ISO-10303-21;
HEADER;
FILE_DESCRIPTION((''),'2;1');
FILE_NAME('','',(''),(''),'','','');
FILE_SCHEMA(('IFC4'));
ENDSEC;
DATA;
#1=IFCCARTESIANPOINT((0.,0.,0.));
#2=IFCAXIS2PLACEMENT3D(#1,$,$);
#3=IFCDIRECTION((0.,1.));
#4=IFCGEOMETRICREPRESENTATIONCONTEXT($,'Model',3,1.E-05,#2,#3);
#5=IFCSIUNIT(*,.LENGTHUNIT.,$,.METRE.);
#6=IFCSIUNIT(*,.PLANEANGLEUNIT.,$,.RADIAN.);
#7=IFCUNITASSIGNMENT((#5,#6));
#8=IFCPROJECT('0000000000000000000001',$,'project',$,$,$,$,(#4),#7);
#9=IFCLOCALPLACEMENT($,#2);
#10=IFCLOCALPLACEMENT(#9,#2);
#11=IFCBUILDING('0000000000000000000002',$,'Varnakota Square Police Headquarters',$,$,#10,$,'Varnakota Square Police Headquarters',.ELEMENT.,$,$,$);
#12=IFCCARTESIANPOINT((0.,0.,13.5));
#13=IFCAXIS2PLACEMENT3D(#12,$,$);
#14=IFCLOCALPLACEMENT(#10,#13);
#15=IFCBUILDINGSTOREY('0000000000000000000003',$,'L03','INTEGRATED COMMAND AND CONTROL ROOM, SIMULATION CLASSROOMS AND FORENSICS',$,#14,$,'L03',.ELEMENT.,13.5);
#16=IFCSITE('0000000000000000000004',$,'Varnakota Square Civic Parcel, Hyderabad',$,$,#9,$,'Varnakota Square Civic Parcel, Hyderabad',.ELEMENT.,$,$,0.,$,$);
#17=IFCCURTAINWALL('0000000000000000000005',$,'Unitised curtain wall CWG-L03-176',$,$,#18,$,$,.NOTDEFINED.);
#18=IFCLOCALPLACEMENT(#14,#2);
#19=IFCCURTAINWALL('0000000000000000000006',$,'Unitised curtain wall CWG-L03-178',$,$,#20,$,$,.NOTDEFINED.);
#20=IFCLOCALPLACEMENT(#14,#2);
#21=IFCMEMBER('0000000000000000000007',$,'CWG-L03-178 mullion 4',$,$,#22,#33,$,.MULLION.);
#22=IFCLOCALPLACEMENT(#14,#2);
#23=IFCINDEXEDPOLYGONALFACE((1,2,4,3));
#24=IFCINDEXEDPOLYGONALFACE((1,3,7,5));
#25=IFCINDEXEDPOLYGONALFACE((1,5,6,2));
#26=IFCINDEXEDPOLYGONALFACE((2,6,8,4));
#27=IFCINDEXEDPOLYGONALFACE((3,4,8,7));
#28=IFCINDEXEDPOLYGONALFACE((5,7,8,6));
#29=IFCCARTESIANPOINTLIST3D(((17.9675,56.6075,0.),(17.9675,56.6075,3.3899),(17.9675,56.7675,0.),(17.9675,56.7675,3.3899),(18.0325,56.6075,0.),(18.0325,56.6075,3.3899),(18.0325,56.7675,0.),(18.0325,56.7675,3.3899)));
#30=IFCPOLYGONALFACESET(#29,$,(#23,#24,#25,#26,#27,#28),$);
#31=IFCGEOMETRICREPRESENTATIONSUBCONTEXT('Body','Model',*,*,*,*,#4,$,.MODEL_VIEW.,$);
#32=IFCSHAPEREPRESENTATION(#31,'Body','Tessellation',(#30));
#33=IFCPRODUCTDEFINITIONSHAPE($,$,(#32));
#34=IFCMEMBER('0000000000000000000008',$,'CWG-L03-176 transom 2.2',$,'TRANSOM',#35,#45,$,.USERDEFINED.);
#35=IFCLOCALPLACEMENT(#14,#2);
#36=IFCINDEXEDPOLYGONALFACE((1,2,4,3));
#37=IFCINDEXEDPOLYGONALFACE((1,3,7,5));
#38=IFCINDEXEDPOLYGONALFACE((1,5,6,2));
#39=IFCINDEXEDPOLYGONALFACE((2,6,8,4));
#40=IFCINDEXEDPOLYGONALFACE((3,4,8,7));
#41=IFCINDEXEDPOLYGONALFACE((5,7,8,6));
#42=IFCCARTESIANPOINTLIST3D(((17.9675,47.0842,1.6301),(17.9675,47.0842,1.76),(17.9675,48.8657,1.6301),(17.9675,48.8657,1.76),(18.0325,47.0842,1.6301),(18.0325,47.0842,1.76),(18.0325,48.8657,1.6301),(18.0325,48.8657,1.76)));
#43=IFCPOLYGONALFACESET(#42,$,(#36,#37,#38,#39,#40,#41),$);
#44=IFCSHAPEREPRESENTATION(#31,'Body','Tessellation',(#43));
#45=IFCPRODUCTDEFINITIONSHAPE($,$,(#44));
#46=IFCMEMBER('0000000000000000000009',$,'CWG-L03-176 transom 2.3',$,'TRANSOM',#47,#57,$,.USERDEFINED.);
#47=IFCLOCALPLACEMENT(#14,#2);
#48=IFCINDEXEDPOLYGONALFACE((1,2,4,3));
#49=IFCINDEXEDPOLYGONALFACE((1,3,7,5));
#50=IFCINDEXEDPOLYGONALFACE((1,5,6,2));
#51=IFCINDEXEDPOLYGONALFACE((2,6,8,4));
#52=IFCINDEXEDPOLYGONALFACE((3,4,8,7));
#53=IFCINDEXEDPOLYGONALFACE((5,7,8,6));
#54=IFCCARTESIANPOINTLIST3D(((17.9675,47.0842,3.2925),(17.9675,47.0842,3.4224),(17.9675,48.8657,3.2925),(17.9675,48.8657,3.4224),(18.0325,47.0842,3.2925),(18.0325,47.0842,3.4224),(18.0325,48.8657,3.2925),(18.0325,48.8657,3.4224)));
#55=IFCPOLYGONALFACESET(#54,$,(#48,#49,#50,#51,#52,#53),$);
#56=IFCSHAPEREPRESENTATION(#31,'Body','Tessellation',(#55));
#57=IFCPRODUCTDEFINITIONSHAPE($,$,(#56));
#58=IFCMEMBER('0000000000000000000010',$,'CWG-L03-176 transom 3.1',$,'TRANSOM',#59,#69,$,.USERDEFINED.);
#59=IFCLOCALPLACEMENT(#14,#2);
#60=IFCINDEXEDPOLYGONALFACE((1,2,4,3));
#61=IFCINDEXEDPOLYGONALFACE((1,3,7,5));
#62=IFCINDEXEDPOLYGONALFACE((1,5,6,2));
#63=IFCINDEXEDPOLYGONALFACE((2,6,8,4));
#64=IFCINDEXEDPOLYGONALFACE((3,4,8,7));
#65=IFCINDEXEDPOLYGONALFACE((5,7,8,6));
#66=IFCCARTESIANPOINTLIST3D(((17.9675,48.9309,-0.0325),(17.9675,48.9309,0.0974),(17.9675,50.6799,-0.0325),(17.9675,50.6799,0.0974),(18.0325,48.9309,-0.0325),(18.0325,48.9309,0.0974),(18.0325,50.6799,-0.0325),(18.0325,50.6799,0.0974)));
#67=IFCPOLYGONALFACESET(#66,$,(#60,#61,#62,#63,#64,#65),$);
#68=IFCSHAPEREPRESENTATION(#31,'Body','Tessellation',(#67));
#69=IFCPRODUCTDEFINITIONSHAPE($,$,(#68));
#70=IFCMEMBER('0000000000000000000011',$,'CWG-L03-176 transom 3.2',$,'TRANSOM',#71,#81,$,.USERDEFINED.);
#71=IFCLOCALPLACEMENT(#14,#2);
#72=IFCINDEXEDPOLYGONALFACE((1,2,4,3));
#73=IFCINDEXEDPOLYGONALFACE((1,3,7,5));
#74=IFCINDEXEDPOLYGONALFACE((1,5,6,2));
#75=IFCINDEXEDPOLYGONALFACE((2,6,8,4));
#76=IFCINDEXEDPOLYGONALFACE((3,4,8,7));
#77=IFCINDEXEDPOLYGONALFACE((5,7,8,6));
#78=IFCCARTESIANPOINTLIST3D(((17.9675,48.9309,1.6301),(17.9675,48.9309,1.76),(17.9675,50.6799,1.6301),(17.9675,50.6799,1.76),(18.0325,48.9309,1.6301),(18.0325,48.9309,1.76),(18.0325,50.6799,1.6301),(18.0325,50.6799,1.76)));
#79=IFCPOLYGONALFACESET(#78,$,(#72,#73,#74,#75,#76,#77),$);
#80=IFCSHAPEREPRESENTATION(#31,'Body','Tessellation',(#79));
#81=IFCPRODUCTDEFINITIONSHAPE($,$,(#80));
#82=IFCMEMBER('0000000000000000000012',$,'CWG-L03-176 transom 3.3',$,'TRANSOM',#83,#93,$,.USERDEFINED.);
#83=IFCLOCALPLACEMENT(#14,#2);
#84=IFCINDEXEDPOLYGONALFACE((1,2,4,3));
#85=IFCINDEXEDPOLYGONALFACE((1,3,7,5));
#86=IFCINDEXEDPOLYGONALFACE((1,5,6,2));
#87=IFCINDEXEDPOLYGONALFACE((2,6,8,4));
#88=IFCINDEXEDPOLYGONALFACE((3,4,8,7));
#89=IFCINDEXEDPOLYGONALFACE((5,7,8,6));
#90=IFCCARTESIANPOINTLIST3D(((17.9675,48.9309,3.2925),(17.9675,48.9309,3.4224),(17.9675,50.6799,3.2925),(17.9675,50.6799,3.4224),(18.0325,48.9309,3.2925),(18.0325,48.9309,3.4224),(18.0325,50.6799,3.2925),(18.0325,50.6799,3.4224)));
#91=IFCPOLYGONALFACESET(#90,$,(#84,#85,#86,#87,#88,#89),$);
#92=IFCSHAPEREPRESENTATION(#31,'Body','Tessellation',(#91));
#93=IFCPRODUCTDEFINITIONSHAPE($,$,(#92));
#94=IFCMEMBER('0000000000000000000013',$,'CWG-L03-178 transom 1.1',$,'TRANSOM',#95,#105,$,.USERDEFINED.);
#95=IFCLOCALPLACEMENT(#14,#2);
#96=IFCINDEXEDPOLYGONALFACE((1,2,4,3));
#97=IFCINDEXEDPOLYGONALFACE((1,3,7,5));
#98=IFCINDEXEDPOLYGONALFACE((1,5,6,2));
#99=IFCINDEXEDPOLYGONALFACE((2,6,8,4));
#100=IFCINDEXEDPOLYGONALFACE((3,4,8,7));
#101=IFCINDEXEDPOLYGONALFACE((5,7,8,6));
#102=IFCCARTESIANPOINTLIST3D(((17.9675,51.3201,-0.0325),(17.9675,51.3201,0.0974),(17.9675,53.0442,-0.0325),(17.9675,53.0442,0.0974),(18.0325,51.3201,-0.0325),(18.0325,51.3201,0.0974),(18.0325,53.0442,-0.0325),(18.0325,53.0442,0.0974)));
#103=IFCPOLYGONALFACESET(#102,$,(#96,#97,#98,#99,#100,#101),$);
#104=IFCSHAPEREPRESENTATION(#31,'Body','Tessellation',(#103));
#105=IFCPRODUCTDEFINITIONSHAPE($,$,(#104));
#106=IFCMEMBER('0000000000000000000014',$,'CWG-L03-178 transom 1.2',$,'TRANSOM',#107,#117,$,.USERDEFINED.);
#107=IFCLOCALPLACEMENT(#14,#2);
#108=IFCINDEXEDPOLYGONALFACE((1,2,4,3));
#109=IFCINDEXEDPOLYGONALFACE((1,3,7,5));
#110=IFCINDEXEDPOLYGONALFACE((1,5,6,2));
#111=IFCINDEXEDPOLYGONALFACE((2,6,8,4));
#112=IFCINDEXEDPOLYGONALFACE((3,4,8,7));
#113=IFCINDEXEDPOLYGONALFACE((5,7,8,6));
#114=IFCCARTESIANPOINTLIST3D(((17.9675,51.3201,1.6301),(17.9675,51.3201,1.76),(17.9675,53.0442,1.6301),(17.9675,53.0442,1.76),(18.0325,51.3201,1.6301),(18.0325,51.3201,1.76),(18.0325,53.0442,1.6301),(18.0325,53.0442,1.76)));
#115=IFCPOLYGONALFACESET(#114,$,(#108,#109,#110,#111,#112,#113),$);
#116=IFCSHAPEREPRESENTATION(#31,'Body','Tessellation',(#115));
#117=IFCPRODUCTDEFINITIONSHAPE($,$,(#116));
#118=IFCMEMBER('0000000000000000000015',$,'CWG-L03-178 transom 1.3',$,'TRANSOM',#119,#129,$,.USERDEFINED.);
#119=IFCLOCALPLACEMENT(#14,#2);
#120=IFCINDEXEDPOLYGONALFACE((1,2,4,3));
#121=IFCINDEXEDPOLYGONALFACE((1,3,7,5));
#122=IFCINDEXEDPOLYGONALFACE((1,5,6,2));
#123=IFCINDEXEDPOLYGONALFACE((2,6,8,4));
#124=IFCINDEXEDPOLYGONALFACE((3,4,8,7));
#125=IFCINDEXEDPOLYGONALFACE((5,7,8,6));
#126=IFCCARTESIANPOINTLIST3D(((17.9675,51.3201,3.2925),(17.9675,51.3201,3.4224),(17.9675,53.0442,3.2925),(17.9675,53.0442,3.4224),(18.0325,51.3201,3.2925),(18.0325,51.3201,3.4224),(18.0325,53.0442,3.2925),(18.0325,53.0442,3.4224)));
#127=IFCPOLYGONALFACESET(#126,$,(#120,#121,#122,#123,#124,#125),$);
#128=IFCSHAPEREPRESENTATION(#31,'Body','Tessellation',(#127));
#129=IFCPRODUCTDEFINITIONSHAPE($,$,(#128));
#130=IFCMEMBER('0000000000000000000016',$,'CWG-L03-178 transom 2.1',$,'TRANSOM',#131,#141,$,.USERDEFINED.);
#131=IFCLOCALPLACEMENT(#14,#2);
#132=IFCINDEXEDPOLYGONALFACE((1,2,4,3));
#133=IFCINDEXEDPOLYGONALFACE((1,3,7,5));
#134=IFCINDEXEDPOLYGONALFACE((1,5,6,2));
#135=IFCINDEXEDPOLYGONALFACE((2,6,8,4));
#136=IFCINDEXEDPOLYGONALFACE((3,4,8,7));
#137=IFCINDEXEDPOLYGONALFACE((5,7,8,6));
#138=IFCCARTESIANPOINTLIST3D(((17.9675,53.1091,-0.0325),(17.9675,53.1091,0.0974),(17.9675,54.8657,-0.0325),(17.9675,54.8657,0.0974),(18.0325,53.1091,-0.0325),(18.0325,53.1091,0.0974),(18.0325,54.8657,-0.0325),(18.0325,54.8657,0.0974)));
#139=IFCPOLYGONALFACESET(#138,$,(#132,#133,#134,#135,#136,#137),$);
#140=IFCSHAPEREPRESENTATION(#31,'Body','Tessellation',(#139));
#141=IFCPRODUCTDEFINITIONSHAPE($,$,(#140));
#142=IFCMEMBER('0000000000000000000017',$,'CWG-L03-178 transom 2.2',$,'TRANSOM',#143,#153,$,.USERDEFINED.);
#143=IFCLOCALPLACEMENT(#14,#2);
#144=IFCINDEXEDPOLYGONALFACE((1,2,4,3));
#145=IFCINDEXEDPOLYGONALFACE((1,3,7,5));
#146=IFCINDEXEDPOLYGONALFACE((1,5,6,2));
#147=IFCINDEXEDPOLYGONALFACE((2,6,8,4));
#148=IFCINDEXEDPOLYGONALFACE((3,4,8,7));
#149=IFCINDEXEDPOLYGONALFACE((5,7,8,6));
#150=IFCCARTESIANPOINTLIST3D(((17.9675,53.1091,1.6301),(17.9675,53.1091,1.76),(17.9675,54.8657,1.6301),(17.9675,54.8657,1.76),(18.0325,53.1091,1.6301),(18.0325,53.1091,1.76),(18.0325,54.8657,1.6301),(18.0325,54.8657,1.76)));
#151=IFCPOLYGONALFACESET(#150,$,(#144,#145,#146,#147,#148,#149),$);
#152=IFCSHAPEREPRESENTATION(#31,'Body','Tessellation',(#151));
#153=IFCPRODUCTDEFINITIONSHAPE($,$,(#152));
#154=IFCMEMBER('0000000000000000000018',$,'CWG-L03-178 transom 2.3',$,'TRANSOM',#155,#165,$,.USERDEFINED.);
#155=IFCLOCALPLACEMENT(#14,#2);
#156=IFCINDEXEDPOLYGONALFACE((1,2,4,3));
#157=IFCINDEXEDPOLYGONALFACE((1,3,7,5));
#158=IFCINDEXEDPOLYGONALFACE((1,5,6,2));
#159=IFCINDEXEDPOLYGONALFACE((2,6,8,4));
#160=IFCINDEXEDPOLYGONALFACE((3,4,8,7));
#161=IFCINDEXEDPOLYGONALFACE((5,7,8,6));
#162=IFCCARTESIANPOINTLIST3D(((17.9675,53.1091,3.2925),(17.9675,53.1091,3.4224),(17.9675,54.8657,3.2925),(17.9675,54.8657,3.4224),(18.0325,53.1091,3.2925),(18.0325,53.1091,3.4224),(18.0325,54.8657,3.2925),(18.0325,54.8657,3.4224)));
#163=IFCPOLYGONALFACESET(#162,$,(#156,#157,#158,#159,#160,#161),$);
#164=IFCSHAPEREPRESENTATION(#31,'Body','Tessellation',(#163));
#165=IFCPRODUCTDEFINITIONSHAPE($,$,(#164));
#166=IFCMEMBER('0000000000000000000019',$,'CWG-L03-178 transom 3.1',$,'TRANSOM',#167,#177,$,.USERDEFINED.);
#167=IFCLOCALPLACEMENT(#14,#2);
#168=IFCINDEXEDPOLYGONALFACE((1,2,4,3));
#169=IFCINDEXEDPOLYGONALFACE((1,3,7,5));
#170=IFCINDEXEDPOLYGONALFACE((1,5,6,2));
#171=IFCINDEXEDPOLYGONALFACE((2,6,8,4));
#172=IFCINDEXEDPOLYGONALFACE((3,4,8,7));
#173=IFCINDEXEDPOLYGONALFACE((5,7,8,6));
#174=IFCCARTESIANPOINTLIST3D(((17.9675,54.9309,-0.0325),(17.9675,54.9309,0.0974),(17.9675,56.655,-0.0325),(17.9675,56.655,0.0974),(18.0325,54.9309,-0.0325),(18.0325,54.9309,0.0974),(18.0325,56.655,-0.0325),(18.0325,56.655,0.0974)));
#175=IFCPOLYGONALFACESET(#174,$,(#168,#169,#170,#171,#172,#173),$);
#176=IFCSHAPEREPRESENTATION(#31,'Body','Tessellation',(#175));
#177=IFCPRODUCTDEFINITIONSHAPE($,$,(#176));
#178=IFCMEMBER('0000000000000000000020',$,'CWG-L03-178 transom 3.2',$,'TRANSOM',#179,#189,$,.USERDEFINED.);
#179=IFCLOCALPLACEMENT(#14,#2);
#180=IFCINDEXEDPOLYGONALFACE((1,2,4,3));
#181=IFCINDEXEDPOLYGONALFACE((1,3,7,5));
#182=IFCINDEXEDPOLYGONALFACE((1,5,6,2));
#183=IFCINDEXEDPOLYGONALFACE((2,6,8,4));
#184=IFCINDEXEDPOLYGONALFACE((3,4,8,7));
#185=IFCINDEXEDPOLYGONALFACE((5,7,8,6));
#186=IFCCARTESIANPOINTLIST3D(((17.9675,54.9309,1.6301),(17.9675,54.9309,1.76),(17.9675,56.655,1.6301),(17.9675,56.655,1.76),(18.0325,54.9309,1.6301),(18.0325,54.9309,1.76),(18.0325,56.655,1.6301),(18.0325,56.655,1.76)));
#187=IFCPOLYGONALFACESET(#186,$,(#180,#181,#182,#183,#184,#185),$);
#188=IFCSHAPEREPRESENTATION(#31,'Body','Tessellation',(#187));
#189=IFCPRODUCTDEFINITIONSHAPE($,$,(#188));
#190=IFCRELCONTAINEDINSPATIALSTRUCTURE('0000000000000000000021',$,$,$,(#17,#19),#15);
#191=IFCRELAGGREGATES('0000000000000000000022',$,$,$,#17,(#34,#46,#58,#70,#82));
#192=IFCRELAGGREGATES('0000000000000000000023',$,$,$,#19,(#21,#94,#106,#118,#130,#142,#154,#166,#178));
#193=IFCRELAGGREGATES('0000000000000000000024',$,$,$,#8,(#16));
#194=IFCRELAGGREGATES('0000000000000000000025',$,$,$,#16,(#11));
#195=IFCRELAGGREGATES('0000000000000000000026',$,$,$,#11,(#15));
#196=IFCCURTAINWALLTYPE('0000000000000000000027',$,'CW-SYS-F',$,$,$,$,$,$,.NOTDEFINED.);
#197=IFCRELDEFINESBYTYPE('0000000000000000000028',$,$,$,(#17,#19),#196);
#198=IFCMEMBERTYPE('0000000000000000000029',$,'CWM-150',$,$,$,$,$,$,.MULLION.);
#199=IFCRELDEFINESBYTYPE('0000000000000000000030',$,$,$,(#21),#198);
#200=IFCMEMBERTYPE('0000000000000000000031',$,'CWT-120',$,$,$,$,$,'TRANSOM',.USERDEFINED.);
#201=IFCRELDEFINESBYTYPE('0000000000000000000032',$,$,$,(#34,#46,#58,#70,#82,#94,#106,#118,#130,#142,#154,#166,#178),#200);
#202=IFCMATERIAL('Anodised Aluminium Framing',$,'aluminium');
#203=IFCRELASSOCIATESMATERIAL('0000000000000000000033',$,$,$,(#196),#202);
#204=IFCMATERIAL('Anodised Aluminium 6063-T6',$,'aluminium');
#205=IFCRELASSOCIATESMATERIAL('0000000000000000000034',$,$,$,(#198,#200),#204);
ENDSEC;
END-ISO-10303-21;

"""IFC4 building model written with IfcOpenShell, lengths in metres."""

from ifc_helpers import new_model, si_unit, direction, frame, origin, origin_2d, place, context, subcontext, project, spatial, rectangle, extrude, material, material_profile, profile_set, type_object, element, aggregate, save


model = new_model("IFC4")

# Units and contexts
model_context = context("Model", 3, precision=1e-05, world=origin(), true_north=direction((0.0, 1.0)))
body_context = subcontext(model_context, "Body", "Model", "MODEL_VIEW")
ifc_project = project(units=[si_unit("LENGTHUNIT", "METRE"), si_unit("PLANEANGLEUNIT", "RADIAN")], contexts=[model_context])

# Site, building, storey
site_placement = place(None, origin())
site = spatial("IfcSite", under=ifc_project, at=site_placement, Name="Varnakota Square Civic Parcel, Hyderabad", LongName="Varnakota Square Civic Parcel, Hyderabad", CompositionType="ELEMENT", RefElevation=0.0)
building_placement = place(site_placement, origin())
building = spatial("IfcBuilding", under=site, at=building_placement, Name="Varnakota Square Police Headquarters", LongName="Varnakota Square Police Headquarters", CompositionType="ELEMENT")
storey_placement = place(building_placement, frame((0.0, 0.0, 13.5)))
storey = spatial("IfcBuildingStorey", under=building, at=storey_placement, Name="L03", Description="INTEGRATED COMMAND AND CONTROL ROOM, SIMULATION CLASSROOMS AND FORENSICS", LongName="L03", CompositionType="ELEMENT", Elevation=13.5)

# Curtain walls, member
ifc_material_1 = material(Name="Anodised Aluminium Framing", Category="aluminium")
curtain_wall_type = type_object("IfcCurtainWallType", Name="CW-SYS-F", PredefinedType="NOTDEFINED", material=ifc_material_1)
curtain_wall_1_placement = place(storey_placement, origin())
curtain_wall_1 = element("IfcCurtainWall", 1, at=curtain_wall_1_placement, inside=storey, type_object=curtain_wall_type, Name="Unitised curtain wall CWG-L03-176", PredefinedType="NOTDEFINED")
ifc_material_2 = material(Name="Anodised Aluminium 6063-T6", Category="aluminium")
ifc_material_profile_1 = material_profile(ifc_material_2, rectangle(XDim=0.0649, YDim=0.1599, at=origin_2d()), Name="ALU MULLION 65x160")
ifc_profile_set_1 = profile_set([ifc_material_profile_1], Name="Anodised Aluminium 6063-T6")
member_type_1 = type_object("IfcMemberType", Name="CWM-150", PredefinedType="MULLION", material=ifc_profile_set_1)
curtain_wall_2_placement = place(storey_placement, origin())
curtain_wall_2 = element("IfcCurtainWall", 2, at=curtain_wall_2_placement, inside=storey, type_object=curtain_wall_type, Name="Unitised curtain wall CWG-L03-178", PredefinedType="NOTDEFINED")
member_1_placement = place(storey_placement, frame((18.0, 56.6875, 0.0), z_axis=(0.0, 0.0, 1.0), x_axis=(-1.0, 0.0, 0.0)))
member_1 = element("IfcMember", 3, at=member_1_placement, type_object=member_type_1, Name="CWG-L03-178 mullion 4", PredefinedType="MULLION", context=body_context, shape_type="SweptSolid", body=[
    extrude(rectangle(XDim=0.0649, YDim=0.1599, at=origin_2d()), origin(), (0.0, 0.0, 1.0), 3.3899),
])

# Members
ifc_material_profile_2 = material_profile(ifc_material_2, rectangle(XDim=0.0649, YDim=0.1299, at=origin_2d()), Name="ALU TRANSOM 65x130")
ifc_profile_set_2 = profile_set([ifc_material_profile_2], Name="Anodised Aluminium 6063-T6")
member_type_2 = type_object("IfcMemberType", Name="CWT-120", ElementType="TRANSOM", PredefinedType="USERDEFINED", material=ifc_profile_set_2)
member_2_placement = place(storey_placement, frame((18.0, 47.0842, 1.6951), z_axis=(0.0, 1.0, 0.0), x_axis=(-1.0, 0.0, 0.0)))
member_2 = element("IfcMember", 4, at=member_2_placement, type_object=member_type_2, Name="CWG-L03-176 transom 2.2", ObjectType="TRANSOM", PredefinedType="USERDEFINED", context=body_context, shape_type="SweptSolid", body=[
    extrude(rectangle(XDim=0.0649, YDim=0.1299, at=origin_2d()), origin(), (0.0, 0.0, 1.0), 1.7815),
])
member_3_placement = place(storey_placement, frame((18.0, 47.0842, 3.3574), z_axis=(0.0, 1.0, 0.0), x_axis=(-1.0, 0.0, 0.0)))
member_3 = element("IfcMember", 5, at=member_3_placement, type_object=member_type_2, Name="CWG-L03-176 transom 2.3", ObjectType="TRANSOM", PredefinedType="USERDEFINED", context=body_context, shape_type="SweptSolid", body=[
    extrude(rectangle(XDim=0.0649, YDim=0.1299, at=origin_2d()), origin(), (0.0, 0.0, 1.0), 1.7815),
])
member_4_placement = place(storey_placement, frame((18.0, 48.9309, 0.0325), z_axis=(0.0, 1.0, 0.0), x_axis=(-1.0, 0.0, 0.0)))
member_4 = element("IfcMember", 6, at=member_4_placement, type_object=member_type_2, Name="CWG-L03-176 transom 3.1", ObjectType="TRANSOM", PredefinedType="USERDEFINED", context=body_context, shape_type="SweptSolid", body=[
    extrude(rectangle(XDim=0.0649, YDim=0.1299, at=origin_2d()), origin(), (0.0, 0.0, 1.0), 1.749),
])
member_5_placement = place(storey_placement, frame((18.0, 48.9309, 1.6951), z_axis=(0.0, 1.0, 0.0), x_axis=(-1.0, 0.0, 0.0)))
member_5 = element("IfcMember", 7, at=member_5_placement, type_object=member_type_2, Name="CWG-L03-176 transom 3.2", ObjectType="TRANSOM", PredefinedType="USERDEFINED", context=body_context, shape_type="SweptSolid", body=[
    extrude(rectangle(XDim=0.0649, YDim=0.1299, at=origin_2d()), origin(), (0.0, 0.0, 1.0), 1.749),
])
member_6_placement = place(storey_placement, frame((18.0, 48.9309, 3.3574), z_axis=(0.0, 1.0, 0.0), x_axis=(-1.0, 0.0, 0.0)))
member_6 = element("IfcMember", 8, at=member_6_placement, type_object=member_type_2, Name="CWG-L03-176 transom 3.3", ObjectType="TRANSOM", PredefinedType="USERDEFINED", context=body_context, shape_type="SweptSolid", body=[
    extrude(rectangle(XDim=0.0649, YDim=0.1299, at=origin_2d()), origin(), (0.0, 0.0, 1.0), 1.749),
])
member_7_placement = place(storey_placement, frame((18.0, 51.3201, 0.0325), z_axis=(0.0, 1.0, 0.0), x_axis=(-1.0, 0.0, 0.0)))
member_7 = element("IfcMember", 9, at=member_7_placement, type_object=member_type_2, Name="CWG-L03-178 transom 1.1", ObjectType="TRANSOM", PredefinedType="USERDEFINED", context=body_context, shape_type="SweptSolid", body=[
    extrude(rectangle(XDim=0.0649, YDim=0.1299, at=origin_2d()), origin(), (0.0, 0.0, 1.0), 1.7241),
])
member_8_placement = place(storey_placement, frame((18.0, 51.3201, 1.6951), z_axis=(0.0, 1.0, 0.0), x_axis=(-1.0, 0.0, 0.0)))
member_8 = element("IfcMember", 10, at=member_8_placement, type_object=member_type_2, Name="CWG-L03-178 transom 1.2", ObjectType="TRANSOM", PredefinedType="USERDEFINED", context=body_context, shape_type="SweptSolid", body=[
    extrude(rectangle(XDim=0.0649, YDim=0.1299, at=origin_2d()), origin(), (0.0, 0.0, 1.0), 1.7241),
])
member_9_placement = place(storey_placement, frame((18.0, 51.3201, 3.3574), z_axis=(0.0, 1.0, 0.0), x_axis=(-1.0, 0.0, 0.0)))
member_9 = element("IfcMember", 11, at=member_9_placement, type_object=member_type_2, Name="CWG-L03-178 transom 1.3", ObjectType="TRANSOM", PredefinedType="USERDEFINED", context=body_context, shape_type="SweptSolid", body=[
    extrude(rectangle(XDim=0.0649, YDim=0.1299, at=origin_2d()), origin(), (0.0, 0.0, 1.0), 1.7241),
])
member_10_placement = place(storey_placement, frame((18.0, 53.1091, 0.0325), z_axis=(0.0, 1.0, 0.0), x_axis=(-1.0, 0.0, 0.0)))
member_10 = element("IfcMember", 12, at=member_10_placement, type_object=member_type_2, Name="CWG-L03-178 transom 2.1", ObjectType="TRANSOM", PredefinedType="USERDEFINED", context=body_context, shape_type="SweptSolid", body=[
    extrude(rectangle(XDim=0.0649, YDim=0.1299, at=origin_2d()), origin(), (0.0, 0.0, 1.0), 1.7566),
])
member_11_placement = place(storey_placement, frame((18.0, 53.1091, 1.6951), z_axis=(0.0, 1.0, 0.0), x_axis=(-1.0, 0.0, 0.0)))
member_11 = element("IfcMember", 13, at=member_11_placement, type_object=member_type_2, Name="CWG-L03-178 transom 2.2", ObjectType="TRANSOM", PredefinedType="USERDEFINED", context=body_context, shape_type="SweptSolid", body=[
    extrude(rectangle(XDim=0.0649, YDim=0.1299, at=origin_2d()), origin(), (0.0, 0.0, 1.0), 1.7566),
])
member_12_placement = place(storey_placement, frame((18.0, 53.1091, 3.3574), z_axis=(0.0, 1.0, 0.0), x_axis=(-1.0, 0.0, 0.0)))
member_12 = element("IfcMember", 14, at=member_12_placement, type_object=member_type_2, Name="CWG-L03-178 transom 2.3", ObjectType="TRANSOM", PredefinedType="USERDEFINED", context=body_context, shape_type="SweptSolid", body=[
    extrude(rectangle(XDim=0.0649, YDim=0.1299, at=origin_2d()), origin(), (0.0, 0.0, 1.0), 1.7566),
])
member_13_placement = place(storey_placement, frame((18.0, 54.9309, 0.0325), z_axis=(0.0, 1.0, 0.0), x_axis=(-1.0, 0.0, 0.0)))
member_13 = element("IfcMember", 15, at=member_13_placement, type_object=member_type_2, Name="CWG-L03-178 transom 3.1", ObjectType="TRANSOM", PredefinedType="USERDEFINED", context=body_context, shape_type="SweptSolid", body=[
    extrude(rectangle(XDim=0.0649, YDim=0.1299, at=origin_2d()), origin(), (0.0, 0.0, 1.0), 1.7241),
])
member_14_placement = place(storey_placement, frame((18.0, 54.9309, 1.6951), z_axis=(0.0, 1.0, 0.0), x_axis=(-1.0, 0.0, 0.0)))
member_14 = element("IfcMember", 16, at=member_14_placement, type_object=member_type_2, Name="CWG-L03-178 transom 3.2", ObjectType="TRANSOM", PredefinedType="USERDEFINED", context=body_context, shape_type="SweptSolid", body=[
    extrude(rectangle(XDim=0.0649, YDim=0.1299, at=origin_2d()), origin(), (0.0, 0.0, 1.0), 1.7241),
])

aggregate(curtain_wall_1, [member_2, member_3, member_4, member_5, member_6])
aggregate(curtain_wall_2, [member_1, member_7, member_8, member_9, member_10, member_11, member_12, member_13, member_14])

save(model, "model.ifc")
